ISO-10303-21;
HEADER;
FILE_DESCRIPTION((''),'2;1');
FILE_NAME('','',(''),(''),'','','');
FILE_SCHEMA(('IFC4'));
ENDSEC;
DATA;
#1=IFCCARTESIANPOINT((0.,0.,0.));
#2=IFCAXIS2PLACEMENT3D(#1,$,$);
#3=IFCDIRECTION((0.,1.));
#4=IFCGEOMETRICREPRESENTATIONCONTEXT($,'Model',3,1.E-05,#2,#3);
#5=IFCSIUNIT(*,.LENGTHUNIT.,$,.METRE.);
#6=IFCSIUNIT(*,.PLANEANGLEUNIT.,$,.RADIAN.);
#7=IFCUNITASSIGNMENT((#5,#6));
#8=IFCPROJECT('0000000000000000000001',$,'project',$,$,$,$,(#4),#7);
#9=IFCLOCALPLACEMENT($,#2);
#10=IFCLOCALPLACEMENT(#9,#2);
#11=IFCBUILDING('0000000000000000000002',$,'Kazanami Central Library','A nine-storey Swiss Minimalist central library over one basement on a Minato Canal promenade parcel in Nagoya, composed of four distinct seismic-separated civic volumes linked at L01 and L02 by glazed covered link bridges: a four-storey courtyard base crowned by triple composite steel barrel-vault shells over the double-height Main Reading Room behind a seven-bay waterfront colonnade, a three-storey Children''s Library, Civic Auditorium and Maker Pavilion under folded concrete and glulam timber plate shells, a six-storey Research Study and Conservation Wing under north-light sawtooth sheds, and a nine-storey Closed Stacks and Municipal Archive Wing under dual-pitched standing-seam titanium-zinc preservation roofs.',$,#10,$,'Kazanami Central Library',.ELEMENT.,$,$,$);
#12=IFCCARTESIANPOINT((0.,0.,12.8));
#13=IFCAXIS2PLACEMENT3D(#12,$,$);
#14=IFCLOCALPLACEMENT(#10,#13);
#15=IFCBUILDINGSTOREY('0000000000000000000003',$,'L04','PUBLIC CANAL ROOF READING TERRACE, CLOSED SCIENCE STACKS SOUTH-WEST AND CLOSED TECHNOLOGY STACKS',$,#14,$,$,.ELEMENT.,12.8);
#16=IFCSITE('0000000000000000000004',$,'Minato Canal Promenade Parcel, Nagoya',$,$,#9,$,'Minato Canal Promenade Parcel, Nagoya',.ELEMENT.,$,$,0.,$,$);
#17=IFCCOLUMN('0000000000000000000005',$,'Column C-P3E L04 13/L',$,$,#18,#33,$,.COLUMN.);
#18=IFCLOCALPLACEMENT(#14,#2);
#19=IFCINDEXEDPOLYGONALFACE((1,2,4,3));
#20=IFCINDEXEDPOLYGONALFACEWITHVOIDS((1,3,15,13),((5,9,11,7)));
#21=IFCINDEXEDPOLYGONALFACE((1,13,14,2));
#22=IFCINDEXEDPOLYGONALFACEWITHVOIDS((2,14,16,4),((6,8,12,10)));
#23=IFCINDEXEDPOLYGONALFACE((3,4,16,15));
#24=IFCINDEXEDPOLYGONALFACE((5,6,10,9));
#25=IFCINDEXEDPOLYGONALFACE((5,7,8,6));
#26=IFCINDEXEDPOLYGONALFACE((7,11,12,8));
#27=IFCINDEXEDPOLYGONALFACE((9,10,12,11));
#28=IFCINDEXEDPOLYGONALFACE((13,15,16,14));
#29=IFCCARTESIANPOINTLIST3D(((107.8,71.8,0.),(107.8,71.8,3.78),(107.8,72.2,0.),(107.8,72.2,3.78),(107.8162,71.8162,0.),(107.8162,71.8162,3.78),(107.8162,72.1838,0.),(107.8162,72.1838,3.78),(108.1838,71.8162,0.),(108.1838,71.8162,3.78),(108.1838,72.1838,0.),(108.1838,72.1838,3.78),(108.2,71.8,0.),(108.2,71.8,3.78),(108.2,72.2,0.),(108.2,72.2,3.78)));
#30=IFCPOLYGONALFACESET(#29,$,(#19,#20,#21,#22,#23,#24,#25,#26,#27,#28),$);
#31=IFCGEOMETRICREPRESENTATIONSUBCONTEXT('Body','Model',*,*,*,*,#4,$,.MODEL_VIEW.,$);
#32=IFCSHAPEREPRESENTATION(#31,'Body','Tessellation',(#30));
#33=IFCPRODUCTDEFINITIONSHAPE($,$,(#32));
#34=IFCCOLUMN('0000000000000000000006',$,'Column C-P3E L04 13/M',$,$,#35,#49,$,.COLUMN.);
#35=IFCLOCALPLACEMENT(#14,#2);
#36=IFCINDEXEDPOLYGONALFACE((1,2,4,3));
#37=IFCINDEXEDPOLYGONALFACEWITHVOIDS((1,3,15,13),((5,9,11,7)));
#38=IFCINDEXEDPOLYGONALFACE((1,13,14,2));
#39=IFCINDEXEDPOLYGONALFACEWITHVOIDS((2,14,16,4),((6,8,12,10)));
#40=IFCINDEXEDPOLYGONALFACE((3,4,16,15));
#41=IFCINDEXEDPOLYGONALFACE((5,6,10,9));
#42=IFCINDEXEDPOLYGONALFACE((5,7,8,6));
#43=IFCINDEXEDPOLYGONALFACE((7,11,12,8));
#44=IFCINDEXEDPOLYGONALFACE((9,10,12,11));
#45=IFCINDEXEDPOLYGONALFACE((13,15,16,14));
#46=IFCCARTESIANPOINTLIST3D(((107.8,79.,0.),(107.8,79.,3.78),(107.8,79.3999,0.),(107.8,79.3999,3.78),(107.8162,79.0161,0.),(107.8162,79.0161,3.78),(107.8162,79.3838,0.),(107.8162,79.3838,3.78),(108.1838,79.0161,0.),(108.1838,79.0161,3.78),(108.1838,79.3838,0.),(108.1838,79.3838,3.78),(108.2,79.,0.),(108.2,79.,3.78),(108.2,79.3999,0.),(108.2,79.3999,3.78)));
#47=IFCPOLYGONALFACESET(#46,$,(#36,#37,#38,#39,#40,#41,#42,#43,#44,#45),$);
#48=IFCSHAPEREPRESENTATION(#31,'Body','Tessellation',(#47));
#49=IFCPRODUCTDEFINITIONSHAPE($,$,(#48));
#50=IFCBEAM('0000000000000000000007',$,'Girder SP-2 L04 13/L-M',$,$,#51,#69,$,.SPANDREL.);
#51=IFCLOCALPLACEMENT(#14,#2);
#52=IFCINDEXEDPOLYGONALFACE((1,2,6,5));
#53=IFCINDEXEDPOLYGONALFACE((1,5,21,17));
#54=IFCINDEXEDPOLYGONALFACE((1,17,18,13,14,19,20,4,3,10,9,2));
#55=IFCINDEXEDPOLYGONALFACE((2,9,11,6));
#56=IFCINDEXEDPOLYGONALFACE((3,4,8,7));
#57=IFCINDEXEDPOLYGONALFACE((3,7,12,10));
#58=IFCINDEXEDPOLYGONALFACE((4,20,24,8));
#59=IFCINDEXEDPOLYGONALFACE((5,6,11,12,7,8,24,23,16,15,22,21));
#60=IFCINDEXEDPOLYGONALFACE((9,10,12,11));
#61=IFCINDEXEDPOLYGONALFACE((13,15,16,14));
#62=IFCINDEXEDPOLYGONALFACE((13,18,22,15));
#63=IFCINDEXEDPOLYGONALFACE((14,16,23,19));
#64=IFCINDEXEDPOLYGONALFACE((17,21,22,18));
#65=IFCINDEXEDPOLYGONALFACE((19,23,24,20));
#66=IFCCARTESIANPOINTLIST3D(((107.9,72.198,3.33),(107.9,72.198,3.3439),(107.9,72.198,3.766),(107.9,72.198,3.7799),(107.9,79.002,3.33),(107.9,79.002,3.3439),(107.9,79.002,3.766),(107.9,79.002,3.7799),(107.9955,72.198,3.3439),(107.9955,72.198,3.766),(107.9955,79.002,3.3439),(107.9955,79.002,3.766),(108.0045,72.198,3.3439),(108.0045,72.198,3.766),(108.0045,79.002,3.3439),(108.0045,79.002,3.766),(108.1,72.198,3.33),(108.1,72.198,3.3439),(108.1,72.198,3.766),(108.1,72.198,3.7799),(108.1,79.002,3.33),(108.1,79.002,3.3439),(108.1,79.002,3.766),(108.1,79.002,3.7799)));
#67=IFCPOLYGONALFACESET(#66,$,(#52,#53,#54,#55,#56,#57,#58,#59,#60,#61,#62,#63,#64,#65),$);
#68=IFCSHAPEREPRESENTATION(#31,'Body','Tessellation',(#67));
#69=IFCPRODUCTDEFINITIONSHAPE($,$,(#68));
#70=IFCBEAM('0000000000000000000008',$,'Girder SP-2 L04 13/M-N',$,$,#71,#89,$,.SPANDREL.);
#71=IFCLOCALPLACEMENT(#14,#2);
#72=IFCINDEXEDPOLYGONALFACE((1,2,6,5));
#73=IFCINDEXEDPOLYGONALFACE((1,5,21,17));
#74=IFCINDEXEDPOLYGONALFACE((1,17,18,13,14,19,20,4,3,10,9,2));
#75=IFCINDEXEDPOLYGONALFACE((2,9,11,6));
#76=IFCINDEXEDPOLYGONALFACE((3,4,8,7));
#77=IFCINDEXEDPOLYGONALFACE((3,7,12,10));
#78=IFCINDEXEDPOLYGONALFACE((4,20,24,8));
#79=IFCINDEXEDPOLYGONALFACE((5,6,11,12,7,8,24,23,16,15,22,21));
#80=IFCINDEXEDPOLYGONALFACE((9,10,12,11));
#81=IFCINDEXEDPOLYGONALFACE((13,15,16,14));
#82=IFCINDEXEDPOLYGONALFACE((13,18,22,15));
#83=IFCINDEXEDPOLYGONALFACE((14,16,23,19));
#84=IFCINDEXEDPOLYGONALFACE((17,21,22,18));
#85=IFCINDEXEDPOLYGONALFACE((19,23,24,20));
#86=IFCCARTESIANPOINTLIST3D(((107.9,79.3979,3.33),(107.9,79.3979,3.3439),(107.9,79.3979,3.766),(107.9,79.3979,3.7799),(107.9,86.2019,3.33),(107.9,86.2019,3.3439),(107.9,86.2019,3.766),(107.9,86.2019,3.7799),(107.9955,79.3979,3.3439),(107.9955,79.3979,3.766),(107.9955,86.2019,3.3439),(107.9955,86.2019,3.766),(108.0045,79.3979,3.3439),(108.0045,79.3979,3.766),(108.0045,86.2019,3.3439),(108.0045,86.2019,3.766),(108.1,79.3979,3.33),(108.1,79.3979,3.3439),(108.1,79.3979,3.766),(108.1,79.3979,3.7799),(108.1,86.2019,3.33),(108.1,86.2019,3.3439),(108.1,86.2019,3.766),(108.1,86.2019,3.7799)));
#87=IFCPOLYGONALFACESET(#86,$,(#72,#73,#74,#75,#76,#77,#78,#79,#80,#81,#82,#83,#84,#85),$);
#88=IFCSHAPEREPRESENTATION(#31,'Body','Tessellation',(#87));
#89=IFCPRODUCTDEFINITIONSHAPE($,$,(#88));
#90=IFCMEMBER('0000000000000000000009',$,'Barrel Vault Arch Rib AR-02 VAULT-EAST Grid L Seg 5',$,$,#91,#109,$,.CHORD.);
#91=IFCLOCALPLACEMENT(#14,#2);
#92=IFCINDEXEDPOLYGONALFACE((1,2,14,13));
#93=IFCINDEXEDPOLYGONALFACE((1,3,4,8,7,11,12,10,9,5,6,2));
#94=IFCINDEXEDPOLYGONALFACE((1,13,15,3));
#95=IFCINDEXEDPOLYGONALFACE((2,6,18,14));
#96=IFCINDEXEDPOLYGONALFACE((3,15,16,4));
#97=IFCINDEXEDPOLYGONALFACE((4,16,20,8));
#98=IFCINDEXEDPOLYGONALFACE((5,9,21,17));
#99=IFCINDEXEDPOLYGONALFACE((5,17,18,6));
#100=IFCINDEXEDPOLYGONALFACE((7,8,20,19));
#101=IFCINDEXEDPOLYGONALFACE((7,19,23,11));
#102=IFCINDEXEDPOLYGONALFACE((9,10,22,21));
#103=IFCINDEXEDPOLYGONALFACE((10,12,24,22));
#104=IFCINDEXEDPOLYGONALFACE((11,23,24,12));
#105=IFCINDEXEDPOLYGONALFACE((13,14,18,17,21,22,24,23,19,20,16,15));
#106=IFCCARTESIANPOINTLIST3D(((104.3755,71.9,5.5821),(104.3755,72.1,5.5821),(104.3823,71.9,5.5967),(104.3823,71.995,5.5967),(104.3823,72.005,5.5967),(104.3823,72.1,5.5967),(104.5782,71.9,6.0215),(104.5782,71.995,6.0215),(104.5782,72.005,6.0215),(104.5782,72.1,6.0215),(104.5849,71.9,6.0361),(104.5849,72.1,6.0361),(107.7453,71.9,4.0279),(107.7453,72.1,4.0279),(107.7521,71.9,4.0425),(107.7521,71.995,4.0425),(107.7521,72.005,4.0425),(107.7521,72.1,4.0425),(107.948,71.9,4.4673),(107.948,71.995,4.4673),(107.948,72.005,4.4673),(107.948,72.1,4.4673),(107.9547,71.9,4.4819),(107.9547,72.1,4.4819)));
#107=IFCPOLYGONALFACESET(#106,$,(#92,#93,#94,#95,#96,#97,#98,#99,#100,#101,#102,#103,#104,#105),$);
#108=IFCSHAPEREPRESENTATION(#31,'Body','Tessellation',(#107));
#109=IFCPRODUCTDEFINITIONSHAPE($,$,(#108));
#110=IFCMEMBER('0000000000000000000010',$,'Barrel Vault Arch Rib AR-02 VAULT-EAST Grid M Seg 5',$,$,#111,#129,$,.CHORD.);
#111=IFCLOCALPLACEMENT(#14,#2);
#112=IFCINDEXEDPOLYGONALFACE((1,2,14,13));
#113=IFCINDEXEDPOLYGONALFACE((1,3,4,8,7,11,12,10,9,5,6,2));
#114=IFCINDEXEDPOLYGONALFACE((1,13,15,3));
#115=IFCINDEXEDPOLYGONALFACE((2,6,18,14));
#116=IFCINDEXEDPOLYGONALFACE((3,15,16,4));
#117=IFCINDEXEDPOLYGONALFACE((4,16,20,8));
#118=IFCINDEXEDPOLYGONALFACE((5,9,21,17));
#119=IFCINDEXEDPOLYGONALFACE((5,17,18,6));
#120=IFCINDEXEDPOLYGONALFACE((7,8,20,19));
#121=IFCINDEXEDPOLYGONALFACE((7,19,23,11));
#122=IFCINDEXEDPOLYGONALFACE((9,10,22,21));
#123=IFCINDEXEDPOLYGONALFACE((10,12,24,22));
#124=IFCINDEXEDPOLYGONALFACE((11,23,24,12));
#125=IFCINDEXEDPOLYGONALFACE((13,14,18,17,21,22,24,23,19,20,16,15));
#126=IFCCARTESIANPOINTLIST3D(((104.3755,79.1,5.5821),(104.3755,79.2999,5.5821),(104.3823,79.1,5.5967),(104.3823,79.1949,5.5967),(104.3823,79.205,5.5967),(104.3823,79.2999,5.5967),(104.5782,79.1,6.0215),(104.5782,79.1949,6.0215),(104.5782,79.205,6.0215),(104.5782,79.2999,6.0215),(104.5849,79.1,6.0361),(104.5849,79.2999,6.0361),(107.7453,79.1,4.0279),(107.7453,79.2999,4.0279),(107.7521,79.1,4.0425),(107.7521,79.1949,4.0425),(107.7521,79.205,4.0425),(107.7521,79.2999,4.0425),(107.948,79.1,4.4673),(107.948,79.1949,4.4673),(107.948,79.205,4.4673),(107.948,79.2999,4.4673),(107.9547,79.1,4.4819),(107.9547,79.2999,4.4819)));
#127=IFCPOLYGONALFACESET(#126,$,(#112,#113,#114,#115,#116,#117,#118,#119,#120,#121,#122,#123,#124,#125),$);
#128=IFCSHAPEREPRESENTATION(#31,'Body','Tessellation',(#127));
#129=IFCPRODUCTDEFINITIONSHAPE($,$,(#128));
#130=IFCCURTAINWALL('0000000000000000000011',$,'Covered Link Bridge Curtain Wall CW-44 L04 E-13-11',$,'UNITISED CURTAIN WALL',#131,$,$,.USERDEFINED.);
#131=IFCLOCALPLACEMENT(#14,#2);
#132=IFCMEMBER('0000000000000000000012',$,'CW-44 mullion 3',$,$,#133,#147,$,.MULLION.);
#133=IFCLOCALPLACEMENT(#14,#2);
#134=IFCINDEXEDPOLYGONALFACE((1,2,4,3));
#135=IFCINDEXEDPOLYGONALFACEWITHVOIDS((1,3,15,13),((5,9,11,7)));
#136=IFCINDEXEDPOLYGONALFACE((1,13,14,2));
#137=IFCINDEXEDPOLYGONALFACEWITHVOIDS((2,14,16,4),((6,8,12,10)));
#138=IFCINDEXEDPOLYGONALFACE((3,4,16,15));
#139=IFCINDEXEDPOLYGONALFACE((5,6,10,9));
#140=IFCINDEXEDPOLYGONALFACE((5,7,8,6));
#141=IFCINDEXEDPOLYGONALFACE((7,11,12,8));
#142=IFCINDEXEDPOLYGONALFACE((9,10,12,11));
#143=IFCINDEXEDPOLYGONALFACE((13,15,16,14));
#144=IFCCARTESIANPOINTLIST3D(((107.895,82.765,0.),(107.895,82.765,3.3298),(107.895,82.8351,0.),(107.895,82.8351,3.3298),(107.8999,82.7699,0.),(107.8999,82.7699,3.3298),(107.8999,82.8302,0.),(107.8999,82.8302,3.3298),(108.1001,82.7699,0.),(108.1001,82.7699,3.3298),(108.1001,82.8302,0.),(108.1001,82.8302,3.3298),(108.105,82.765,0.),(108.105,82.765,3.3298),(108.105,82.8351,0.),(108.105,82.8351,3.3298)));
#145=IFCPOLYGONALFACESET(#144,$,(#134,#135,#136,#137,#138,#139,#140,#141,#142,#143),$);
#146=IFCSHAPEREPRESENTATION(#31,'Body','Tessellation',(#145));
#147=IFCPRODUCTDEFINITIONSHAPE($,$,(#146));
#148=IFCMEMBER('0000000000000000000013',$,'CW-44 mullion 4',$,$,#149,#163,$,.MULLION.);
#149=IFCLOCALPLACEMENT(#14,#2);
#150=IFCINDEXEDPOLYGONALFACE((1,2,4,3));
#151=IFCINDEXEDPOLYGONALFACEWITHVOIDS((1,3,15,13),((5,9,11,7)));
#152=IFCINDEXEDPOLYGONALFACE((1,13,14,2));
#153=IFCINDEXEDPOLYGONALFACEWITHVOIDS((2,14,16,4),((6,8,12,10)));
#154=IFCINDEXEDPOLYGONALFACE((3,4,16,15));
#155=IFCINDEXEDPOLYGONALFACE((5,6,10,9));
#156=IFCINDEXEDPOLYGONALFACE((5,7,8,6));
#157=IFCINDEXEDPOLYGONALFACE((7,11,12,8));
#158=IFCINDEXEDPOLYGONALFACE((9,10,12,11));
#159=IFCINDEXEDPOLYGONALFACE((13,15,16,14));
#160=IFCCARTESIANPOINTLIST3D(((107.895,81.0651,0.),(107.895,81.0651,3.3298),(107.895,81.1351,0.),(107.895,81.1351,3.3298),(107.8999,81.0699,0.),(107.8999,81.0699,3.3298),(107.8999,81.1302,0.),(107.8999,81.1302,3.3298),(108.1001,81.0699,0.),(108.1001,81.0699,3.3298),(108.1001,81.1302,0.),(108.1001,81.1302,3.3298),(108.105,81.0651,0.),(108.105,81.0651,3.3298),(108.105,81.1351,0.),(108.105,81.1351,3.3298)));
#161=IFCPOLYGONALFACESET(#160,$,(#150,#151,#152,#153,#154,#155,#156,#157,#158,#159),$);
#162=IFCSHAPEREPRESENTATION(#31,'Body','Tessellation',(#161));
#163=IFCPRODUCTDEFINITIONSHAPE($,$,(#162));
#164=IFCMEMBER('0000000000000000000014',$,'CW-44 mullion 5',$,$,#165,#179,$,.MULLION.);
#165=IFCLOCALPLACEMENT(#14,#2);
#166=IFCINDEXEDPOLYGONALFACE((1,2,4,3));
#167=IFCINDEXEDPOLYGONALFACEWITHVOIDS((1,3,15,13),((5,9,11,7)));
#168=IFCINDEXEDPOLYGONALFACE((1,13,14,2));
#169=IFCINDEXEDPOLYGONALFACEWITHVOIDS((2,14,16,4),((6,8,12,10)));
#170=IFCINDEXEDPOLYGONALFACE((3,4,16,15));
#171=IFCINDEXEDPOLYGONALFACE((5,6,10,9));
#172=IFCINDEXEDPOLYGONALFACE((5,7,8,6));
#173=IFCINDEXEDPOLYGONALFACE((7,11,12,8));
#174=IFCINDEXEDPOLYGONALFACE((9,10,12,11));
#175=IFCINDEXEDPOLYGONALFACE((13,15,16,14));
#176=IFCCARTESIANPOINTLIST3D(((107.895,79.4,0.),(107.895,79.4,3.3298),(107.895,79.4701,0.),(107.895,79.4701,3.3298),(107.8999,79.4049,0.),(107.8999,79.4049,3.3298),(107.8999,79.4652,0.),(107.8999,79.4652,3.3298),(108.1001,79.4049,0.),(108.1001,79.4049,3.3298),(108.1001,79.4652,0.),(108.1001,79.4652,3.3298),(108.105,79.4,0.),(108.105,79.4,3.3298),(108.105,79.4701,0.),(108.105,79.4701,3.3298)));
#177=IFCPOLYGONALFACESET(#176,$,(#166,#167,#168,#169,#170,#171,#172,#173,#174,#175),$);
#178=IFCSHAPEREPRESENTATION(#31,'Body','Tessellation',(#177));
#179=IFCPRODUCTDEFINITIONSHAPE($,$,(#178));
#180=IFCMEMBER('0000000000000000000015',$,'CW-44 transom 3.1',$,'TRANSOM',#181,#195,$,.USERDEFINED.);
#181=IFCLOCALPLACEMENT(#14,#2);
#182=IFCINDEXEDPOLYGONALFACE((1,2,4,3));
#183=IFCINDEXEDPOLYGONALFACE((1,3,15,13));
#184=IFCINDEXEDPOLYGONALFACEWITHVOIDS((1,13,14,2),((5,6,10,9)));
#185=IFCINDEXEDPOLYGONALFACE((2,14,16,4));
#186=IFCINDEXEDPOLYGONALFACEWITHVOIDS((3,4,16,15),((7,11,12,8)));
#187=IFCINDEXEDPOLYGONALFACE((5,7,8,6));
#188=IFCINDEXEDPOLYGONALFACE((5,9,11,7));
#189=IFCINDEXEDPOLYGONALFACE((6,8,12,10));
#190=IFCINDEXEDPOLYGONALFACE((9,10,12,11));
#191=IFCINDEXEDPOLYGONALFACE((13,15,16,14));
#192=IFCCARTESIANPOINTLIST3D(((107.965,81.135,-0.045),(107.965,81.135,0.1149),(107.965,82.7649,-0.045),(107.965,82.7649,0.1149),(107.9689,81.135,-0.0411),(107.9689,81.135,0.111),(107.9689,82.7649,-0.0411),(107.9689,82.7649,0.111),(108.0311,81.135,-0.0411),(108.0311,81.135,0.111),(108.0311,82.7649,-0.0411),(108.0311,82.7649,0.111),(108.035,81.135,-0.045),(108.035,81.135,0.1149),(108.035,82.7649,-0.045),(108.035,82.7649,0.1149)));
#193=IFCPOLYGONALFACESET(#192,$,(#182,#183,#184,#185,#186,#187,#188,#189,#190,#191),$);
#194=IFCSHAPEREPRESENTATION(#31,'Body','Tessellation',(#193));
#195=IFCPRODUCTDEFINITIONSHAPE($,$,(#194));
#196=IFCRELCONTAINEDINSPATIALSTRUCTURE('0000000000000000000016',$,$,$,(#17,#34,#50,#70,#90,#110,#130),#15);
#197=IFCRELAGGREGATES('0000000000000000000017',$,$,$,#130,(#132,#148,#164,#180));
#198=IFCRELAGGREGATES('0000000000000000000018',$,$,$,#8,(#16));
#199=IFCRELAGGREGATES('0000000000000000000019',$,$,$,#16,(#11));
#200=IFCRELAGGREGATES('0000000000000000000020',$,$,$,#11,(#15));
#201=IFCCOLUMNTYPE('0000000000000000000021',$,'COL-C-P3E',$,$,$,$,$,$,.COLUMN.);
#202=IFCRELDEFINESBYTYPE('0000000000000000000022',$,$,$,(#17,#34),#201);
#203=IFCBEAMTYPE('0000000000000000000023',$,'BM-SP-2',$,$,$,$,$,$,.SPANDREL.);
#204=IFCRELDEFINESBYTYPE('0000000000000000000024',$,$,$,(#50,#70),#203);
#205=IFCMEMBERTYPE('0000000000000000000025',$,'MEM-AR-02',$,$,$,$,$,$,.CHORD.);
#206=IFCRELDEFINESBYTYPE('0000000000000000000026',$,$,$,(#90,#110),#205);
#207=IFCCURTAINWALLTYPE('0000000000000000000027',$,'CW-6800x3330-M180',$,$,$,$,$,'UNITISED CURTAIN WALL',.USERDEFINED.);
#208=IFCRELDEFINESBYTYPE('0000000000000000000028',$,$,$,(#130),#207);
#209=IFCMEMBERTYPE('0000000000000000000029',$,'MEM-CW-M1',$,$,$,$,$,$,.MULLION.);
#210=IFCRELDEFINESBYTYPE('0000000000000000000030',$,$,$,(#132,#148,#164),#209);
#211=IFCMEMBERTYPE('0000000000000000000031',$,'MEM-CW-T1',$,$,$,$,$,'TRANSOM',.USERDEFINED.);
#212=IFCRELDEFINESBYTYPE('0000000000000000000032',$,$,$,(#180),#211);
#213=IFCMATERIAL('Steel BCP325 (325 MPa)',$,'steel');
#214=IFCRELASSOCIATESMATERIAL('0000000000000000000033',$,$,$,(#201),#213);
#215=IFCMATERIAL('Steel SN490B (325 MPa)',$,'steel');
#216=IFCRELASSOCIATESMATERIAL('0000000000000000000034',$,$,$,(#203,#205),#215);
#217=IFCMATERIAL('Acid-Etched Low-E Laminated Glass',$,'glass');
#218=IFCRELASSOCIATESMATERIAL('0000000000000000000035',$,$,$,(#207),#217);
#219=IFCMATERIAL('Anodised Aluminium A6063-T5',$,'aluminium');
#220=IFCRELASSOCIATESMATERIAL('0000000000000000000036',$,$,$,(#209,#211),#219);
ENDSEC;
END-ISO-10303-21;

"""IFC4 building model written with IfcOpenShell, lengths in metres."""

from ifc_helpers import new_model, si_unit, direction, frame, origin, origin_2d, place, context, subcontext, project, spatial, hollow_rectangle, i_section, extrude, material, material_profile, profile_set, type_object, element, aggregate, save


model = new_model("IFC4")

# Units and contexts
model_context = context("Model", 3, precision=1e-05, world=origin(), true_north=direction((0.0, 1.0)))
body_context = subcontext(model_context, "Body", "Model", "MODEL_VIEW")
ifc_project = project(units=[si_unit("LENGTHUNIT", "METRE"), si_unit("PLANEANGLEUNIT", "RADIAN")], contexts=[model_context])

# Site, building, storey
site_placement = place(None, origin())
site = spatial("IfcSite", under=ifc_project, at=site_placement, Name="Minato Canal Promenade Parcel, Nagoya", LongName="Minato Canal Promenade Parcel, Nagoya", CompositionType="ELEMENT", RefElevation=0.0)
building_placement = place(site_placement, origin())
building = spatial("IfcBuilding", under=site, at=building_placement, Name="Kazanami Central Library", Description="A nine-storey Swiss Minimalist central library over one basement on a Minato Canal promenade parcel in Nagoya, composed of four distinct seismic-separated civic volumes linked at L01 and L02 by glazed covered link bridges: a four-storey courtyard base crowned by triple composite steel barrel-vault shells over the double-height Main Reading Room behind a seven-bay waterfront colonnade, a three-storey Children's Library, Civic Auditorium and Maker Pavilion under folded concrete and glulam timber plate shells, a six-storey Research Study and Conservation Wing under north-light sawtooth sheds, and a nine-storey Closed Stacks and Municipal Archive Wing under dual-pitched standing-seam titanium-zinc preservation roofs.", LongName="Kazanami Central Library", CompositionType="ELEMENT")
storey_placement = place(building_placement, frame((0.0, 0.0, 12.8)))
storey = spatial("IfcBuildingStorey", under=building, at=storey_placement, Name="L04", Description="PUBLIC CANAL ROOF READING TERRACE, CLOSED SCIENCE STACKS SOUTH-WEST AND CLOSED TECHNOLOGY STACKS", CompositionType="ELEMENT", Elevation=12.8)

# Columns
ifc_material_1 = material(Name="Steel BCP325 (325 MPa)", Category="steel")
ifc_material_profile_1 = material_profile(ifc_material_1, hollow_rectangle(XDim=0.3999, YDim=0.3999, WallThickness=0.0161, at=origin_2d()), Name="BCP-400x400x16")
ifc_profile_set_1 = profile_set([ifc_material_profile_1], Name="Steel BCP325 (325 MPa)")
column_type = type_object("IfcColumnType", Name="COL-C-P3E", PredefinedType="COLUMN", material=ifc_profile_set_1)
for number, where, z_axis, x_axis, name in (
    (1, (108.0, 72.0, 0.0), (0.0, 0.0, 1.0), (1.0, 0.0, 0.0), "Column C-P3E L04 13/L"),
    (2, (108.0, 79.2, 0.0), (0.0, 0.0, 1.0), (1.0, 0.0, 0.0), "Column C-P3E L04 13/M"),
):
    element("IfcColumn", number, at=place(storey_placement, frame(where, z_axis=z_axis, x_axis=x_axis)), inside=storey, type_object=column_type, Name=name, PredefinedType="COLUMN", context=body_context, shape_type="SweptSolid", body=[
        extrude(hollow_rectangle(XDim=0.3999, YDim=0.3999, WallThickness=0.0161, at=origin_2d()), origin(), (0.0, 0.0, 1.0), 3.78),
    ])

# Beams
ifc_material_2 = material(Name="Steel SN490B (325 MPa)", Category="steel")
ifc_material_profile_2 = material_profile(ifc_material_2, i_section(OverallWidth=0.2, OverallDepth=0.45, WebThickness=0.009, FlangeThickness=0.0139, at=origin_2d()), Name="H-450x200x9x14")
ifc_profile_set_2 = profile_set([ifc_material_profile_2], Name="Steel SN490B (325 MPa)")
beam_type = type_object("IfcBeamType", Name="BM-SP-2", PredefinedType="SPANDREL", material=ifc_profile_set_2)
for number, where, z_axis, x_axis, name in (
    (3, (108.0, 72.198, 3.5549), (0.0, 1.0, 0.0), (-1.0, 0.0, 0.0), "Girder SP-2 L04 13/L-M"),
    (4, (108.0, 79.3979, 3.5549), (0.0, 1.0, 0.0), (-1.0, 0.0, 0.0), "Girder SP-2 L04 13/M-N"),
):
    element("IfcBeam", number, at=place(storey_placement, frame(where, z_axis=z_axis, x_axis=x_axis)), inside=storey, type_object=beam_type, Name=name, PredefinedType="SPANDREL", context=body_context, shape_type="SweptSolid", body=[
        extrude(i_section(OverallWidth=0.2, OverallDepth=0.45, WebThickness=0.009, FlangeThickness=0.0139, at=origin_2d()), origin(), (0.0, 0.0, 1.0), 6.804),
    ])

# Members
ifc_material_profile_3 = material_profile(ifc_material_2, i_section(OverallWidth=0.2, OverallDepth=0.5, WebThickness=0.01, FlangeThickness=0.0161, at=origin_2d()), Name="H-500x200x10x16")
ifc_profile_set_3 = profile_set([ifc_material_profile_3], Name="Steel SN490B (325 MPa)")
member_type_1 = type_object("IfcMemberType", Name="MEM-AR-02", PredefinedType="CHORD", material=ifc_profile_set_3)
for number, where, z_axis, x_axis, name in (
    (5, (104.4802, 72.0, 5.8091), (0.908075, 0.0, -0.418808), (0.0, 1.0, 0.0), "Barrel Vault Arch Rib AR-02 VAULT-EAST Grid L Seg 5"),
    (6, (104.4802, 79.2, 5.8091), (0.908075, 0.0, -0.418808), (0.0, 1.0, 0.0), "Barrel Vault Arch Rib AR-02 VAULT-EAST Grid M Seg 5"),
):
    element("IfcMember", number, at=place(storey_placement, frame(where, z_axis=z_axis, x_axis=x_axis)), inside=storey, type_object=member_type_1, Name=name, PredefinedType="CHORD", context=body_context, shape_type="SweptSolid", body=[
        extrude(i_section(OverallWidth=0.2, OverallDepth=0.5, WebThickness=0.01, FlangeThickness=0.0161, at=origin_2d()), origin(), (0.0, 0.0, 1.0), 3.7109),
    ])

# Curtain wall, members
ifc_material_3 = material(Name="Acid-Etched Low-E Laminated Glass", Category="glass")
curtain_wall_type = type_object("IfcCurtainWallType", Name="CW-6800x3330-M180", ElementType="UNITISED CURTAIN WALL", PredefinedType="USERDEFINED", material=ifc_material_3)
curtain_wall_placement = place(storey_placement, origin())
curtain_wall = element("IfcCurtainWall", 7, at=curtain_wall_placement, inside=storey, type_object=curtain_wall_type, Name="Covered Link Bridge Curtain Wall CW-44 L04 E-13-11", ObjectType="UNITISED CURTAIN WALL", PredefinedType="USERDEFINED")
ifc_material_4 = material(Name="Anodised Aluminium A6063-T5", Category="aluminium")
ifc_material_profile_4 = material_profile(ifc_material_4, hollow_rectangle(XDim=0.0701, YDim=0.21, WallThickness=0.0049, at=origin_2d()), Name="ALU-MULL-70x210x5")
ifc_profile_set_4 = profile_set([ifc_material_profile_4], Name="Anodised Aluminium A6063-T5")
member_type_2 = type_object("IfcMemberType", Name="MEM-CW-M1", PredefinedType="MULLION", material=ifc_profile_set_4)
member_1_placement = place(storey_placement, frame((108.0, 82.8, 0.0), z_axis=(0.0, 0.0, 1.0), x_axis=(0.0, -1.0, 0.0)))
member_1 = element("IfcMember", 8, at=member_1_placement, type_object=member_type_2, Name="CW-44 mullion 3", PredefinedType="MULLION", context=body_context, shape_type="SweptSolid", body=[
    extrude(hollow_rectangle(XDim=0.0701, YDim=0.21, WallThickness=0.0049, at=origin_2d()), origin(), (0.0, 0.0, 1.0), 3.3298),
])
member_2_placement = place(storey_placement, frame((108.0, 81.1001, 0.0), z_axis=(0.0, 0.0, 1.0), x_axis=(0.0, -1.0, 0.0)))
member_2 = element("IfcMember", 9, at=member_2_placement, type_object=member_type_2, Name="CW-44 mullion 4", PredefinedType="MULLION", context=body_context, shape_type="SweptSolid", body=[
    extrude(hollow_rectangle(XDim=0.0701, YDim=0.21, WallThickness=0.0049, at=origin_2d()), origin(), (0.0, 0.0, 1.0), 3.3298),
])
member_3_placement = place(storey_placement, frame((108.0, 79.4351, 0.0), z_axis=(0.0, 0.0, 1.0), x_axis=(0.0, -1.0, 0.0)))
member_3 = element("IfcMember", 10, at=member_3_placement, type_object=member_type_2, Name="CW-44 mullion 5", PredefinedType="MULLION", context=body_context, shape_type="SweptSolid", body=[
    extrude(hollow_rectangle(XDim=0.0701, YDim=0.21, WallThickness=0.0049, at=origin_2d()), origin(), (0.0, 0.0, 1.0), 3.3298),
])
ifc_material_profile_5 = material_profile(ifc_material_4, hollow_rectangle(XDim=0.0701, YDim=0.1599, WallThickness=0.0039, at=origin_2d()), Name="ALU-TRAN-70x160x4")
ifc_profile_set_5 = profile_set([ifc_material_profile_5], Name="Anodised Aluminium A6063-T5")
member_type_3 = type_object("IfcMemberType", Name="MEM-CW-T1", ElementType="TRANSOM", PredefinedType="USERDEFINED", material=ifc_profile_set_5)
member_4_placement = place(storey_placement, frame((108.0, 82.7649, 0.0349), z_axis=(0.0, -1.0, 0.0), x_axis=(1.0, 0.0, 0.0)))
member_4 = element("IfcMember", 11, at=member_4_placement, type_object=member_type_3, Name="CW-44 transom 3.1", ObjectType="TRANSOM", PredefinedType="USERDEFINED", context=body_context, shape_type="SweptSolid", body=[
    extrude(hollow_rectangle(XDim=0.0701, YDim=0.1599, WallThickness=0.0039, at=origin_2d()), origin(), (0.0, 0.0, 1.0), 1.6299),
])

aggregate(curtain_wall, [member_1, member_2, member_3, member_4])

save(model, "model.ifc")
